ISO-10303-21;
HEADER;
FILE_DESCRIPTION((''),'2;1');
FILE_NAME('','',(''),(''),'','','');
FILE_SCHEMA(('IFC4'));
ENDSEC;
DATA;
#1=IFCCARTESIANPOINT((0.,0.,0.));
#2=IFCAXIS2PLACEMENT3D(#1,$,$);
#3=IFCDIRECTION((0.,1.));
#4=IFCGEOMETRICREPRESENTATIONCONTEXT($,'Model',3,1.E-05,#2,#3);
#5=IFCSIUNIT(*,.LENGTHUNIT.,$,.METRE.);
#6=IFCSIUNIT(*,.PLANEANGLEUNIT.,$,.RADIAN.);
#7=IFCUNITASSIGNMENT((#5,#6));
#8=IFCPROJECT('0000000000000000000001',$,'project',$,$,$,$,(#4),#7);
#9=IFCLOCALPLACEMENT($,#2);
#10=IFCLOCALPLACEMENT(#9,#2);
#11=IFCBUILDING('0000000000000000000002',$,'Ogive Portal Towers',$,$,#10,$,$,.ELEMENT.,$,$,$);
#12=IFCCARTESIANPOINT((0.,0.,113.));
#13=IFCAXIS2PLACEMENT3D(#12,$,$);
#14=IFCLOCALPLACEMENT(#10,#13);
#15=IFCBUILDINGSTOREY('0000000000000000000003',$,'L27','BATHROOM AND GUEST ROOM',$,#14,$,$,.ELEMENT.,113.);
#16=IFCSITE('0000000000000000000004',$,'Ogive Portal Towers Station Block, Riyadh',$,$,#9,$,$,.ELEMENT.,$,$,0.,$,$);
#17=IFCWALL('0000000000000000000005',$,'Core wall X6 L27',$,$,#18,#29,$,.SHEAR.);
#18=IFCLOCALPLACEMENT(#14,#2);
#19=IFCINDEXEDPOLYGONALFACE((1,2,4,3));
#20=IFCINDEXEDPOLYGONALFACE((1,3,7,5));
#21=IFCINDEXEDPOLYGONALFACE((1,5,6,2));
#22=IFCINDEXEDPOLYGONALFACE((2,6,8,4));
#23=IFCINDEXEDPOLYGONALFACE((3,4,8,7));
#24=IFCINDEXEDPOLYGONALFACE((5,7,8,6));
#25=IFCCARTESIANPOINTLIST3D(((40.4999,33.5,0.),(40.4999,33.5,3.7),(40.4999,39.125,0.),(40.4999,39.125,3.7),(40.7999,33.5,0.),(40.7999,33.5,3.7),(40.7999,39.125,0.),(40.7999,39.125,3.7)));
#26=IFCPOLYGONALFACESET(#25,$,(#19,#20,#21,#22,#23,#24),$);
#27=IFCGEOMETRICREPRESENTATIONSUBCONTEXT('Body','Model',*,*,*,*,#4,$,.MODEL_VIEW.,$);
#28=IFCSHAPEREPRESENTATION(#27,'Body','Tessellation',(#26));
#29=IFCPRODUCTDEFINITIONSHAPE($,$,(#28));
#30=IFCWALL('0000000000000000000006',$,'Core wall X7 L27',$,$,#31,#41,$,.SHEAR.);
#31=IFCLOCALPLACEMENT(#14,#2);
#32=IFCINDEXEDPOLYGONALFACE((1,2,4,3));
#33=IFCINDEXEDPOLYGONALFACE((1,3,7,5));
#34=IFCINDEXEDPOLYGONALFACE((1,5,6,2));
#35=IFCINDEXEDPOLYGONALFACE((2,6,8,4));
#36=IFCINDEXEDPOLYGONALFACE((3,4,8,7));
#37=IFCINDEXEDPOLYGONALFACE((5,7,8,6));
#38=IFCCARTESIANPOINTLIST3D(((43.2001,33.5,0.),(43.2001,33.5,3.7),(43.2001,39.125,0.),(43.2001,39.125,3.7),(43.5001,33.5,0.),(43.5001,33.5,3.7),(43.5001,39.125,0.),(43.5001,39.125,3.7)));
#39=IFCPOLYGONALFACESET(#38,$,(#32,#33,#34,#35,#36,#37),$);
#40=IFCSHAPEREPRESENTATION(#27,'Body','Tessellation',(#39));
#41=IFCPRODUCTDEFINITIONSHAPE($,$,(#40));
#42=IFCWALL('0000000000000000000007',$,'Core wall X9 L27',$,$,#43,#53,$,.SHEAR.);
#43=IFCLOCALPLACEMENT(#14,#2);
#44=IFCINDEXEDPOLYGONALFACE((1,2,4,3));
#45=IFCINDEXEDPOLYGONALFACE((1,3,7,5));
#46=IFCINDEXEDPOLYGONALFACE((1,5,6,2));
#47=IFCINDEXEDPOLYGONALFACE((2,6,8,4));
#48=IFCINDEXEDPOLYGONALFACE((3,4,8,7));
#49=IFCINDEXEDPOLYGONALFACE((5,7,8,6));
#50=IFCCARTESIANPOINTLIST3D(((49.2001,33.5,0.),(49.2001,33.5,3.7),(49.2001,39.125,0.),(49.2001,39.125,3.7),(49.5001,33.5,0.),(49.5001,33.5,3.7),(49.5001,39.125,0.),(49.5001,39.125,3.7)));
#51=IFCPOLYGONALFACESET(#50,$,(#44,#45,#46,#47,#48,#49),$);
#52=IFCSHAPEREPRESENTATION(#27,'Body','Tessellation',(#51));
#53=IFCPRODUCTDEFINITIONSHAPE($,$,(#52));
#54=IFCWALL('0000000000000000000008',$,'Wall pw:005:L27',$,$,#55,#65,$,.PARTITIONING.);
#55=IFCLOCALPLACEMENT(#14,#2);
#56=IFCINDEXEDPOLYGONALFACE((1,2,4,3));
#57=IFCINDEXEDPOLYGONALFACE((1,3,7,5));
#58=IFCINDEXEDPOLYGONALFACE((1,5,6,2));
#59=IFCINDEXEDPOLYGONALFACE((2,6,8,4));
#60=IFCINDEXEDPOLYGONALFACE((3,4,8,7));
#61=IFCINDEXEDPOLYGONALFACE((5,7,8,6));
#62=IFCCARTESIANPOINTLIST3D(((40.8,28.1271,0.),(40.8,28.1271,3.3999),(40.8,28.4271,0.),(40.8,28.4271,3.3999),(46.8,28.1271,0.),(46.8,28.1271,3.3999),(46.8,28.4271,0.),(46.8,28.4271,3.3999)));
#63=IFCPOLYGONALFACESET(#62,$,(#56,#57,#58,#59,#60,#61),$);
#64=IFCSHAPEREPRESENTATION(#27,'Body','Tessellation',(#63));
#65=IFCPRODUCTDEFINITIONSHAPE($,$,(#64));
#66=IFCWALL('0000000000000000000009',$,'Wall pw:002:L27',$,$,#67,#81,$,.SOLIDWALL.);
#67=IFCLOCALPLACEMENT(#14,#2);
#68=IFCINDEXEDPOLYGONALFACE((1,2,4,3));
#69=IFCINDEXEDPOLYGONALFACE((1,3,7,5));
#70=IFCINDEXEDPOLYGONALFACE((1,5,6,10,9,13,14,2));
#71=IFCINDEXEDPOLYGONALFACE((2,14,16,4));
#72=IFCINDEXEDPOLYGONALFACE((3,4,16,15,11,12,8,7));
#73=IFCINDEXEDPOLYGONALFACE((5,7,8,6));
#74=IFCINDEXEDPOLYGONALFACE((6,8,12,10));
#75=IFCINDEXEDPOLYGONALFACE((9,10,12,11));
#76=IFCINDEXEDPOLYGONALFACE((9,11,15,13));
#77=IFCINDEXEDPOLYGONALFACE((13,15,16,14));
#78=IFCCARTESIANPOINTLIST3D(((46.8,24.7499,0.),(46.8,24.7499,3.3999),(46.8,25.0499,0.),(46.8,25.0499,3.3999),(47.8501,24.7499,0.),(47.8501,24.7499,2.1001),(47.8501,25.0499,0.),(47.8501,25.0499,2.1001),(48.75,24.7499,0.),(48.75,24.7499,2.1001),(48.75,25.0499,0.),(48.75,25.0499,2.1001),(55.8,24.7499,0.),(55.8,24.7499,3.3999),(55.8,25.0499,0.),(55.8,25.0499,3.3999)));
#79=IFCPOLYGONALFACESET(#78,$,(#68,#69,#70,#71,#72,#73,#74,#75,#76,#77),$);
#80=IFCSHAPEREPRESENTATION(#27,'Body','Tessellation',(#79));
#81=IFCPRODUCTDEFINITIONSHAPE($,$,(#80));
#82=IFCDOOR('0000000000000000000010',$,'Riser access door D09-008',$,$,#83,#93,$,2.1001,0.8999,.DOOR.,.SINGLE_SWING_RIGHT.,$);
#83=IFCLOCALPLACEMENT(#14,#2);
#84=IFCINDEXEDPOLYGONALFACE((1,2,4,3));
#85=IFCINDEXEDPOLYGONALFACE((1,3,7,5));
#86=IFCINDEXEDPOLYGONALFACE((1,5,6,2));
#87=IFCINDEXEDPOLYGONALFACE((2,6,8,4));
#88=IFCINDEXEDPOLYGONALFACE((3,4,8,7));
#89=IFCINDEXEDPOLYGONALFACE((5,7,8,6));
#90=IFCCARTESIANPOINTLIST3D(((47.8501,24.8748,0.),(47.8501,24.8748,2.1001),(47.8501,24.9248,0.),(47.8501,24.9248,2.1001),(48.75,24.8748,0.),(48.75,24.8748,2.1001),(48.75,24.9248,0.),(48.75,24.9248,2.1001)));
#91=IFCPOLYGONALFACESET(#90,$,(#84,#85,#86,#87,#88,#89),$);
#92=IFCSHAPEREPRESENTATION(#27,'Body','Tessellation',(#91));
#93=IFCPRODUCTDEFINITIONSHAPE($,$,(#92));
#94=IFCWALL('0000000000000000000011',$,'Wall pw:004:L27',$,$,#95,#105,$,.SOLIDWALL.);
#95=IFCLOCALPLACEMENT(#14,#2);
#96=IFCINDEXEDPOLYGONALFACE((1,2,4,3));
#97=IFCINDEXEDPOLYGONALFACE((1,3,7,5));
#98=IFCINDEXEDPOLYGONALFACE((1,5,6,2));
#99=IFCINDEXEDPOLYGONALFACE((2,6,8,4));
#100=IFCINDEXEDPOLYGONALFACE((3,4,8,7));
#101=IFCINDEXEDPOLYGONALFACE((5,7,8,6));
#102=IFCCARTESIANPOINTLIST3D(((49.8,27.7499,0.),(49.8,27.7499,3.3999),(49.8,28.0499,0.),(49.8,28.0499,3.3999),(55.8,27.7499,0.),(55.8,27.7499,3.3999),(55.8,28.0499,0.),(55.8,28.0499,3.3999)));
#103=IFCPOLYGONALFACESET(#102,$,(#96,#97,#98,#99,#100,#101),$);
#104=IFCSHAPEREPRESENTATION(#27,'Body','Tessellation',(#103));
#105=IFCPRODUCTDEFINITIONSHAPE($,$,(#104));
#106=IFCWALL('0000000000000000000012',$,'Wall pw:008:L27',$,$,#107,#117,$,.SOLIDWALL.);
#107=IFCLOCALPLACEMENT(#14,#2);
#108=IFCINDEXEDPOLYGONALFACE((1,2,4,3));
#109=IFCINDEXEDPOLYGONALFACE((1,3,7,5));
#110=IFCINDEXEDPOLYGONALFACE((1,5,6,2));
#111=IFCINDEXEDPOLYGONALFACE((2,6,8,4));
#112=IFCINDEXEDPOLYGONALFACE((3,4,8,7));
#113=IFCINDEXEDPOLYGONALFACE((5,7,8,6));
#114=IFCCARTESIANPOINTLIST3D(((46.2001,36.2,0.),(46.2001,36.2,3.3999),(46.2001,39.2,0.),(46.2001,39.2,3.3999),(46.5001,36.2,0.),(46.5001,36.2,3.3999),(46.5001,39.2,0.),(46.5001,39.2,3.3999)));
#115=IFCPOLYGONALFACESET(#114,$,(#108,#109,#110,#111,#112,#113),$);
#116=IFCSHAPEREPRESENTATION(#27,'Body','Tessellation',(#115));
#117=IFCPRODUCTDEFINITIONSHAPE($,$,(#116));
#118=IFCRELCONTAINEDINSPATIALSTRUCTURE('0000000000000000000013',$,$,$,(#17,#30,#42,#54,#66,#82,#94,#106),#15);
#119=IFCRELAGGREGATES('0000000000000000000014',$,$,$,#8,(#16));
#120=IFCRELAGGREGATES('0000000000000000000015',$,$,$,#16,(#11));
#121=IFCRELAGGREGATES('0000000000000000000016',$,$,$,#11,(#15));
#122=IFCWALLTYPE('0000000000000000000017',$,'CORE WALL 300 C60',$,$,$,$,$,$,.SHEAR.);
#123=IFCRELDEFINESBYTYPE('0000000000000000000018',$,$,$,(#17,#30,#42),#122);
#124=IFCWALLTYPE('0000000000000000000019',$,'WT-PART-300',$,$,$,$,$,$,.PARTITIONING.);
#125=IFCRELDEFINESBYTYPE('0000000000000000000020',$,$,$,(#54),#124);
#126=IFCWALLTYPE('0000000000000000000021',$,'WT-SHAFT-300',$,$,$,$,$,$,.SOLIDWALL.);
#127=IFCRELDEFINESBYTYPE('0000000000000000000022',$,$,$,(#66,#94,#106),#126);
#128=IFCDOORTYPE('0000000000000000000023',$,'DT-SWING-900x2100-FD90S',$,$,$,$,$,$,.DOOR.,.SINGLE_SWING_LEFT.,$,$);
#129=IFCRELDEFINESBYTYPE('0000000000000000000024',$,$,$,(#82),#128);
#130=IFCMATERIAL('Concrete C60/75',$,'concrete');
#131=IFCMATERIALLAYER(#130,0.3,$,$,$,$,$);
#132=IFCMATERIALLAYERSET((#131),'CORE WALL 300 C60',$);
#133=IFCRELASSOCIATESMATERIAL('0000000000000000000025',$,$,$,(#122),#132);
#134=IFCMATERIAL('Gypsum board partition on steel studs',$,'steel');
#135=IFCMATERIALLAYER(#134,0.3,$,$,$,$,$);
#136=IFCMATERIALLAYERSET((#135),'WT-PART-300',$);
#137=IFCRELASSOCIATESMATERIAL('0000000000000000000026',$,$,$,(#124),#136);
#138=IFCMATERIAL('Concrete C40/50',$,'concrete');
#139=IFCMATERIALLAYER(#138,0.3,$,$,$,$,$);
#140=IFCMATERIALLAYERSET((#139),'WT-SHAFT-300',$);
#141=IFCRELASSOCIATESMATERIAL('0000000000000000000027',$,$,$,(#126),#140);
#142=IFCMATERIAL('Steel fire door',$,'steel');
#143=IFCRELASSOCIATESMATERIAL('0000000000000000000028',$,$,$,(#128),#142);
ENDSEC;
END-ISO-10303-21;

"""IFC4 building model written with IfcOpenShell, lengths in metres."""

from ifc_helpers import new_model, si_unit, direction, frame, frame_2d, origin, place, context, subcontext, project, spatial, rectangle, extrude, material, layer, layer_set, type_object, element, fill, save


model = new_model("IFC4")

# Units and contexts
model_context = context("Model", 3, precision=1e-05, world=origin(), true_north=direction((0.0, 1.0)))
body_context = subcontext(model_context, "Body", "Model", "MODEL_VIEW")
ifc_project = project(units=[si_unit("LENGTHUNIT", "METRE"), si_unit("PLANEANGLEUNIT", "RADIAN")], contexts=[model_context])

# Site, building, storey
site_placement = place(None, origin())
site = spatial("IfcSite", under=ifc_project, at=site_placement, Name="Ogive Portal Towers Station Block, Riyadh", CompositionType="ELEMENT", RefElevation=0.0)
building_placement = place(site_placement, origin())
building = spatial("IfcBuilding", under=site, at=building_placement, Name="Ogive Portal Towers", CompositionType="ELEMENT")
storey_placement = place(building_placement, frame((0.0, 0.0, 113.0)))
storey = spatial("IfcBuildingStorey", under=building, at=storey_placement, Name="L27", Description="BATHROOM AND GUEST ROOM", CompositionType="ELEMENT", Elevation=113.0)

# Shared definitions
ifc_material_1 = material(Name="Concrete C60/75", Category="concrete")
ifc_layer_1 = layer(ifc_material_1, 0.3)
ifc_layer_set_1 = layer_set([ifc_layer_1], Name="CORE WALL 300 C60")
wall_type_1 = type_object("IfcWallType", Name="CORE WALL 300 C60", PredefinedType="SHEAR", material=ifc_layer_set_1)
ifc_material_2 = material(Name="Steel fire door", Category="steel")

# Walls
for number, where, z_axis, x_axis, name in (
    (1, (40.6499, 33.5, 0.0), (0.0, 0.0, 1.0), (0.0, 1.0, 0.0), "Core wall X6 L27"),
    (2, (43.3501, 33.5, 0.0), (0.0, 0.0, 1.0), (0.0, 1.0, 0.0), "Core wall X7 L27"),
    (3, (49.3501, 33.5, 0.0), (0.0, 0.0, 1.0), (0.0, 1.0, 0.0), "Core wall X9 L27"),
):
    element("IfcWall", number, at=place(storey_placement, frame(where, z_axis=z_axis, x_axis=x_axis)), inside=storey, type_object=wall_type_1, Name=name, PredefinedType="SHEAR", context=body_context, shape_type="SweptSolid", body=[
        extrude(rectangle(XDim=5.625, YDim=0.3, at=frame_2d((2.8125, 0.0))), origin(), (0.0, 0.0, 1.0), 3.7),
    ])
ifc_material_3 = material(Name="Gypsum board partition on steel studs", Category="steel")
ifc_layer_2 = layer(ifc_material_3, 0.3)
ifc_layer_set_2 = layer_set([ifc_layer_2], Name="WT-PART-300")
wall_type_2 = type_object("IfcWallType", Name="WT-PART-300", PredefinedType="PARTITIONING", material=ifc_layer_set_2)
wall_1_placement = place(storey_placement, frame((40.8, 28.2771, 0.0), z_axis=(0.0, 0.0, 1.0), x_axis=(1.0, 0.0, 0.0)))
element("IfcWall", 4, at=wall_1_placement, inside=storey, type_object=wall_type_2, Name="Wall pw:005:L27", PredefinedType="PARTITIONING", context=body_context, shape_type="SweptSolid", body=[
    extrude(rectangle(XDim=6.0, YDim=0.3, at=frame_2d((3.0, 0.0))), origin(), (0.0, 0.0, 1.0), 3.3999),
])

# Wall, opening, door
ifc_material_4 = material(Name="Concrete C40/50", Category="concrete")
ifc_layer_3 = layer(ifc_material_4, 0.3)
ifc_layer_set_3 = layer_set([ifc_layer_3], Name="WT-SHAFT-300")
wall_type_3 = type_object("IfcWallType", Name="WT-SHAFT-300", PredefinedType="SOLIDWALL", material=ifc_layer_set_3)
wall_2_placement = place(storey_placement, frame((46.8, 24.8999, 0.0), z_axis=(0.0, 0.0, 1.0), x_axis=(1.0, 0.0, 0.0)))
wall_2 = element("IfcWall", 5, at=wall_2_placement, inside=storey, type_object=wall_type_3, Name="Wall pw:002:L27", PredefinedType="SOLIDWALL", context=body_context, shape_type="SweptSolid", body=[
    extrude(rectangle(XDim=9.0, YDim=0.3, at=frame_2d((4.5, 0.0))), origin(), (0.0, 0.0, 1.0), 3.3999),
])
opening_1_placement = place(wall_2_placement, frame((1.05, 0.0, 0.0)))
opening_1 = element("IfcOpeningElement", 6, at=opening_1_placement, cuts=wall_2, PredefinedType="OPENING", context=body_context, shape_type="SweptSolid", body=[
    extrude(rectangle(XDim=0.8999, YDim=2.1001, at=frame_2d((0.45, 1.05))), frame((0.0, 0.1602, 0.0), z_axis=(0.0, -1.0, 0.0), x_axis=(1.0, 0.0, 0.0)), (0.0, 0.0, 1.0), 0.3201),
])
door_type_1 = type_object("IfcDoorType", Name="DT-SWING-900x2100-FD90S", OperationType="SINGLE_SWING_LEFT", PredefinedType="DOOR", material=ifc_material_2)
door_1_placement = place(opening_1_placement, origin())
door_1 = element("IfcDoor", 7, at=door_1_placement, inside=storey, type_object=door_type_1, Name="Riser access door D09-008", OperationType="SINGLE_SWING_RIGHT", OverallHeight=2.1001, OverallWidth=0.8999, PredefinedType="DOOR", context=body_context, shape_type="SweptSolid", body=[
    extrude(rectangle(XDim=0.8999, YDim=2.1001, at=frame_2d((0.45, 1.05))), frame((0.0, 0.0249, 0.0), z_axis=(0.0, -1.0, 0.0), x_axis=(1.0, 0.0, 0.0)), (0.0, 0.0, 1.0), 0.05),
])
fill(opening_1, door_1)

# Walls
wall_3_placement = place(storey_placement, frame((49.8, 27.8999, 0.0), z_axis=(0.0, 0.0, 1.0), x_axis=(1.0, 0.0, 0.0)))
element("IfcWall", 8, at=wall_3_placement, inside=storey, type_object=wall_type_3, Name="Wall pw:004:L27", PredefinedType="SOLIDWALL", context=body_context, shape_type="SweptSolid", body=[
    extrude(rectangle(XDim=6.0, YDim=0.3, at=frame_2d((3.0, 0.0))), origin(), (0.0, 0.0, 1.0), 3.3999),
])
wall_4_placement = place(storey_placement, frame((46.3501, 36.2, 0.0), z_axis=(0.0, 0.0, 1.0), x_axis=(0.0, 1.0, 0.0)))
element("IfcWall", 9, at=wall_4_placement, inside=storey, type_object=wall_type_3, Name="Wall pw:008:L27", PredefinedType="SOLIDWALL", context=body_context, shape_type="SweptSolid", body=[
    extrude(rectangle(XDim=3.0, YDim=0.3, at=frame_2d((1.5, 0.0))), origin(), (0.0, 0.0, 1.0), 3.3999),
])

save(model, "model.ifc")
